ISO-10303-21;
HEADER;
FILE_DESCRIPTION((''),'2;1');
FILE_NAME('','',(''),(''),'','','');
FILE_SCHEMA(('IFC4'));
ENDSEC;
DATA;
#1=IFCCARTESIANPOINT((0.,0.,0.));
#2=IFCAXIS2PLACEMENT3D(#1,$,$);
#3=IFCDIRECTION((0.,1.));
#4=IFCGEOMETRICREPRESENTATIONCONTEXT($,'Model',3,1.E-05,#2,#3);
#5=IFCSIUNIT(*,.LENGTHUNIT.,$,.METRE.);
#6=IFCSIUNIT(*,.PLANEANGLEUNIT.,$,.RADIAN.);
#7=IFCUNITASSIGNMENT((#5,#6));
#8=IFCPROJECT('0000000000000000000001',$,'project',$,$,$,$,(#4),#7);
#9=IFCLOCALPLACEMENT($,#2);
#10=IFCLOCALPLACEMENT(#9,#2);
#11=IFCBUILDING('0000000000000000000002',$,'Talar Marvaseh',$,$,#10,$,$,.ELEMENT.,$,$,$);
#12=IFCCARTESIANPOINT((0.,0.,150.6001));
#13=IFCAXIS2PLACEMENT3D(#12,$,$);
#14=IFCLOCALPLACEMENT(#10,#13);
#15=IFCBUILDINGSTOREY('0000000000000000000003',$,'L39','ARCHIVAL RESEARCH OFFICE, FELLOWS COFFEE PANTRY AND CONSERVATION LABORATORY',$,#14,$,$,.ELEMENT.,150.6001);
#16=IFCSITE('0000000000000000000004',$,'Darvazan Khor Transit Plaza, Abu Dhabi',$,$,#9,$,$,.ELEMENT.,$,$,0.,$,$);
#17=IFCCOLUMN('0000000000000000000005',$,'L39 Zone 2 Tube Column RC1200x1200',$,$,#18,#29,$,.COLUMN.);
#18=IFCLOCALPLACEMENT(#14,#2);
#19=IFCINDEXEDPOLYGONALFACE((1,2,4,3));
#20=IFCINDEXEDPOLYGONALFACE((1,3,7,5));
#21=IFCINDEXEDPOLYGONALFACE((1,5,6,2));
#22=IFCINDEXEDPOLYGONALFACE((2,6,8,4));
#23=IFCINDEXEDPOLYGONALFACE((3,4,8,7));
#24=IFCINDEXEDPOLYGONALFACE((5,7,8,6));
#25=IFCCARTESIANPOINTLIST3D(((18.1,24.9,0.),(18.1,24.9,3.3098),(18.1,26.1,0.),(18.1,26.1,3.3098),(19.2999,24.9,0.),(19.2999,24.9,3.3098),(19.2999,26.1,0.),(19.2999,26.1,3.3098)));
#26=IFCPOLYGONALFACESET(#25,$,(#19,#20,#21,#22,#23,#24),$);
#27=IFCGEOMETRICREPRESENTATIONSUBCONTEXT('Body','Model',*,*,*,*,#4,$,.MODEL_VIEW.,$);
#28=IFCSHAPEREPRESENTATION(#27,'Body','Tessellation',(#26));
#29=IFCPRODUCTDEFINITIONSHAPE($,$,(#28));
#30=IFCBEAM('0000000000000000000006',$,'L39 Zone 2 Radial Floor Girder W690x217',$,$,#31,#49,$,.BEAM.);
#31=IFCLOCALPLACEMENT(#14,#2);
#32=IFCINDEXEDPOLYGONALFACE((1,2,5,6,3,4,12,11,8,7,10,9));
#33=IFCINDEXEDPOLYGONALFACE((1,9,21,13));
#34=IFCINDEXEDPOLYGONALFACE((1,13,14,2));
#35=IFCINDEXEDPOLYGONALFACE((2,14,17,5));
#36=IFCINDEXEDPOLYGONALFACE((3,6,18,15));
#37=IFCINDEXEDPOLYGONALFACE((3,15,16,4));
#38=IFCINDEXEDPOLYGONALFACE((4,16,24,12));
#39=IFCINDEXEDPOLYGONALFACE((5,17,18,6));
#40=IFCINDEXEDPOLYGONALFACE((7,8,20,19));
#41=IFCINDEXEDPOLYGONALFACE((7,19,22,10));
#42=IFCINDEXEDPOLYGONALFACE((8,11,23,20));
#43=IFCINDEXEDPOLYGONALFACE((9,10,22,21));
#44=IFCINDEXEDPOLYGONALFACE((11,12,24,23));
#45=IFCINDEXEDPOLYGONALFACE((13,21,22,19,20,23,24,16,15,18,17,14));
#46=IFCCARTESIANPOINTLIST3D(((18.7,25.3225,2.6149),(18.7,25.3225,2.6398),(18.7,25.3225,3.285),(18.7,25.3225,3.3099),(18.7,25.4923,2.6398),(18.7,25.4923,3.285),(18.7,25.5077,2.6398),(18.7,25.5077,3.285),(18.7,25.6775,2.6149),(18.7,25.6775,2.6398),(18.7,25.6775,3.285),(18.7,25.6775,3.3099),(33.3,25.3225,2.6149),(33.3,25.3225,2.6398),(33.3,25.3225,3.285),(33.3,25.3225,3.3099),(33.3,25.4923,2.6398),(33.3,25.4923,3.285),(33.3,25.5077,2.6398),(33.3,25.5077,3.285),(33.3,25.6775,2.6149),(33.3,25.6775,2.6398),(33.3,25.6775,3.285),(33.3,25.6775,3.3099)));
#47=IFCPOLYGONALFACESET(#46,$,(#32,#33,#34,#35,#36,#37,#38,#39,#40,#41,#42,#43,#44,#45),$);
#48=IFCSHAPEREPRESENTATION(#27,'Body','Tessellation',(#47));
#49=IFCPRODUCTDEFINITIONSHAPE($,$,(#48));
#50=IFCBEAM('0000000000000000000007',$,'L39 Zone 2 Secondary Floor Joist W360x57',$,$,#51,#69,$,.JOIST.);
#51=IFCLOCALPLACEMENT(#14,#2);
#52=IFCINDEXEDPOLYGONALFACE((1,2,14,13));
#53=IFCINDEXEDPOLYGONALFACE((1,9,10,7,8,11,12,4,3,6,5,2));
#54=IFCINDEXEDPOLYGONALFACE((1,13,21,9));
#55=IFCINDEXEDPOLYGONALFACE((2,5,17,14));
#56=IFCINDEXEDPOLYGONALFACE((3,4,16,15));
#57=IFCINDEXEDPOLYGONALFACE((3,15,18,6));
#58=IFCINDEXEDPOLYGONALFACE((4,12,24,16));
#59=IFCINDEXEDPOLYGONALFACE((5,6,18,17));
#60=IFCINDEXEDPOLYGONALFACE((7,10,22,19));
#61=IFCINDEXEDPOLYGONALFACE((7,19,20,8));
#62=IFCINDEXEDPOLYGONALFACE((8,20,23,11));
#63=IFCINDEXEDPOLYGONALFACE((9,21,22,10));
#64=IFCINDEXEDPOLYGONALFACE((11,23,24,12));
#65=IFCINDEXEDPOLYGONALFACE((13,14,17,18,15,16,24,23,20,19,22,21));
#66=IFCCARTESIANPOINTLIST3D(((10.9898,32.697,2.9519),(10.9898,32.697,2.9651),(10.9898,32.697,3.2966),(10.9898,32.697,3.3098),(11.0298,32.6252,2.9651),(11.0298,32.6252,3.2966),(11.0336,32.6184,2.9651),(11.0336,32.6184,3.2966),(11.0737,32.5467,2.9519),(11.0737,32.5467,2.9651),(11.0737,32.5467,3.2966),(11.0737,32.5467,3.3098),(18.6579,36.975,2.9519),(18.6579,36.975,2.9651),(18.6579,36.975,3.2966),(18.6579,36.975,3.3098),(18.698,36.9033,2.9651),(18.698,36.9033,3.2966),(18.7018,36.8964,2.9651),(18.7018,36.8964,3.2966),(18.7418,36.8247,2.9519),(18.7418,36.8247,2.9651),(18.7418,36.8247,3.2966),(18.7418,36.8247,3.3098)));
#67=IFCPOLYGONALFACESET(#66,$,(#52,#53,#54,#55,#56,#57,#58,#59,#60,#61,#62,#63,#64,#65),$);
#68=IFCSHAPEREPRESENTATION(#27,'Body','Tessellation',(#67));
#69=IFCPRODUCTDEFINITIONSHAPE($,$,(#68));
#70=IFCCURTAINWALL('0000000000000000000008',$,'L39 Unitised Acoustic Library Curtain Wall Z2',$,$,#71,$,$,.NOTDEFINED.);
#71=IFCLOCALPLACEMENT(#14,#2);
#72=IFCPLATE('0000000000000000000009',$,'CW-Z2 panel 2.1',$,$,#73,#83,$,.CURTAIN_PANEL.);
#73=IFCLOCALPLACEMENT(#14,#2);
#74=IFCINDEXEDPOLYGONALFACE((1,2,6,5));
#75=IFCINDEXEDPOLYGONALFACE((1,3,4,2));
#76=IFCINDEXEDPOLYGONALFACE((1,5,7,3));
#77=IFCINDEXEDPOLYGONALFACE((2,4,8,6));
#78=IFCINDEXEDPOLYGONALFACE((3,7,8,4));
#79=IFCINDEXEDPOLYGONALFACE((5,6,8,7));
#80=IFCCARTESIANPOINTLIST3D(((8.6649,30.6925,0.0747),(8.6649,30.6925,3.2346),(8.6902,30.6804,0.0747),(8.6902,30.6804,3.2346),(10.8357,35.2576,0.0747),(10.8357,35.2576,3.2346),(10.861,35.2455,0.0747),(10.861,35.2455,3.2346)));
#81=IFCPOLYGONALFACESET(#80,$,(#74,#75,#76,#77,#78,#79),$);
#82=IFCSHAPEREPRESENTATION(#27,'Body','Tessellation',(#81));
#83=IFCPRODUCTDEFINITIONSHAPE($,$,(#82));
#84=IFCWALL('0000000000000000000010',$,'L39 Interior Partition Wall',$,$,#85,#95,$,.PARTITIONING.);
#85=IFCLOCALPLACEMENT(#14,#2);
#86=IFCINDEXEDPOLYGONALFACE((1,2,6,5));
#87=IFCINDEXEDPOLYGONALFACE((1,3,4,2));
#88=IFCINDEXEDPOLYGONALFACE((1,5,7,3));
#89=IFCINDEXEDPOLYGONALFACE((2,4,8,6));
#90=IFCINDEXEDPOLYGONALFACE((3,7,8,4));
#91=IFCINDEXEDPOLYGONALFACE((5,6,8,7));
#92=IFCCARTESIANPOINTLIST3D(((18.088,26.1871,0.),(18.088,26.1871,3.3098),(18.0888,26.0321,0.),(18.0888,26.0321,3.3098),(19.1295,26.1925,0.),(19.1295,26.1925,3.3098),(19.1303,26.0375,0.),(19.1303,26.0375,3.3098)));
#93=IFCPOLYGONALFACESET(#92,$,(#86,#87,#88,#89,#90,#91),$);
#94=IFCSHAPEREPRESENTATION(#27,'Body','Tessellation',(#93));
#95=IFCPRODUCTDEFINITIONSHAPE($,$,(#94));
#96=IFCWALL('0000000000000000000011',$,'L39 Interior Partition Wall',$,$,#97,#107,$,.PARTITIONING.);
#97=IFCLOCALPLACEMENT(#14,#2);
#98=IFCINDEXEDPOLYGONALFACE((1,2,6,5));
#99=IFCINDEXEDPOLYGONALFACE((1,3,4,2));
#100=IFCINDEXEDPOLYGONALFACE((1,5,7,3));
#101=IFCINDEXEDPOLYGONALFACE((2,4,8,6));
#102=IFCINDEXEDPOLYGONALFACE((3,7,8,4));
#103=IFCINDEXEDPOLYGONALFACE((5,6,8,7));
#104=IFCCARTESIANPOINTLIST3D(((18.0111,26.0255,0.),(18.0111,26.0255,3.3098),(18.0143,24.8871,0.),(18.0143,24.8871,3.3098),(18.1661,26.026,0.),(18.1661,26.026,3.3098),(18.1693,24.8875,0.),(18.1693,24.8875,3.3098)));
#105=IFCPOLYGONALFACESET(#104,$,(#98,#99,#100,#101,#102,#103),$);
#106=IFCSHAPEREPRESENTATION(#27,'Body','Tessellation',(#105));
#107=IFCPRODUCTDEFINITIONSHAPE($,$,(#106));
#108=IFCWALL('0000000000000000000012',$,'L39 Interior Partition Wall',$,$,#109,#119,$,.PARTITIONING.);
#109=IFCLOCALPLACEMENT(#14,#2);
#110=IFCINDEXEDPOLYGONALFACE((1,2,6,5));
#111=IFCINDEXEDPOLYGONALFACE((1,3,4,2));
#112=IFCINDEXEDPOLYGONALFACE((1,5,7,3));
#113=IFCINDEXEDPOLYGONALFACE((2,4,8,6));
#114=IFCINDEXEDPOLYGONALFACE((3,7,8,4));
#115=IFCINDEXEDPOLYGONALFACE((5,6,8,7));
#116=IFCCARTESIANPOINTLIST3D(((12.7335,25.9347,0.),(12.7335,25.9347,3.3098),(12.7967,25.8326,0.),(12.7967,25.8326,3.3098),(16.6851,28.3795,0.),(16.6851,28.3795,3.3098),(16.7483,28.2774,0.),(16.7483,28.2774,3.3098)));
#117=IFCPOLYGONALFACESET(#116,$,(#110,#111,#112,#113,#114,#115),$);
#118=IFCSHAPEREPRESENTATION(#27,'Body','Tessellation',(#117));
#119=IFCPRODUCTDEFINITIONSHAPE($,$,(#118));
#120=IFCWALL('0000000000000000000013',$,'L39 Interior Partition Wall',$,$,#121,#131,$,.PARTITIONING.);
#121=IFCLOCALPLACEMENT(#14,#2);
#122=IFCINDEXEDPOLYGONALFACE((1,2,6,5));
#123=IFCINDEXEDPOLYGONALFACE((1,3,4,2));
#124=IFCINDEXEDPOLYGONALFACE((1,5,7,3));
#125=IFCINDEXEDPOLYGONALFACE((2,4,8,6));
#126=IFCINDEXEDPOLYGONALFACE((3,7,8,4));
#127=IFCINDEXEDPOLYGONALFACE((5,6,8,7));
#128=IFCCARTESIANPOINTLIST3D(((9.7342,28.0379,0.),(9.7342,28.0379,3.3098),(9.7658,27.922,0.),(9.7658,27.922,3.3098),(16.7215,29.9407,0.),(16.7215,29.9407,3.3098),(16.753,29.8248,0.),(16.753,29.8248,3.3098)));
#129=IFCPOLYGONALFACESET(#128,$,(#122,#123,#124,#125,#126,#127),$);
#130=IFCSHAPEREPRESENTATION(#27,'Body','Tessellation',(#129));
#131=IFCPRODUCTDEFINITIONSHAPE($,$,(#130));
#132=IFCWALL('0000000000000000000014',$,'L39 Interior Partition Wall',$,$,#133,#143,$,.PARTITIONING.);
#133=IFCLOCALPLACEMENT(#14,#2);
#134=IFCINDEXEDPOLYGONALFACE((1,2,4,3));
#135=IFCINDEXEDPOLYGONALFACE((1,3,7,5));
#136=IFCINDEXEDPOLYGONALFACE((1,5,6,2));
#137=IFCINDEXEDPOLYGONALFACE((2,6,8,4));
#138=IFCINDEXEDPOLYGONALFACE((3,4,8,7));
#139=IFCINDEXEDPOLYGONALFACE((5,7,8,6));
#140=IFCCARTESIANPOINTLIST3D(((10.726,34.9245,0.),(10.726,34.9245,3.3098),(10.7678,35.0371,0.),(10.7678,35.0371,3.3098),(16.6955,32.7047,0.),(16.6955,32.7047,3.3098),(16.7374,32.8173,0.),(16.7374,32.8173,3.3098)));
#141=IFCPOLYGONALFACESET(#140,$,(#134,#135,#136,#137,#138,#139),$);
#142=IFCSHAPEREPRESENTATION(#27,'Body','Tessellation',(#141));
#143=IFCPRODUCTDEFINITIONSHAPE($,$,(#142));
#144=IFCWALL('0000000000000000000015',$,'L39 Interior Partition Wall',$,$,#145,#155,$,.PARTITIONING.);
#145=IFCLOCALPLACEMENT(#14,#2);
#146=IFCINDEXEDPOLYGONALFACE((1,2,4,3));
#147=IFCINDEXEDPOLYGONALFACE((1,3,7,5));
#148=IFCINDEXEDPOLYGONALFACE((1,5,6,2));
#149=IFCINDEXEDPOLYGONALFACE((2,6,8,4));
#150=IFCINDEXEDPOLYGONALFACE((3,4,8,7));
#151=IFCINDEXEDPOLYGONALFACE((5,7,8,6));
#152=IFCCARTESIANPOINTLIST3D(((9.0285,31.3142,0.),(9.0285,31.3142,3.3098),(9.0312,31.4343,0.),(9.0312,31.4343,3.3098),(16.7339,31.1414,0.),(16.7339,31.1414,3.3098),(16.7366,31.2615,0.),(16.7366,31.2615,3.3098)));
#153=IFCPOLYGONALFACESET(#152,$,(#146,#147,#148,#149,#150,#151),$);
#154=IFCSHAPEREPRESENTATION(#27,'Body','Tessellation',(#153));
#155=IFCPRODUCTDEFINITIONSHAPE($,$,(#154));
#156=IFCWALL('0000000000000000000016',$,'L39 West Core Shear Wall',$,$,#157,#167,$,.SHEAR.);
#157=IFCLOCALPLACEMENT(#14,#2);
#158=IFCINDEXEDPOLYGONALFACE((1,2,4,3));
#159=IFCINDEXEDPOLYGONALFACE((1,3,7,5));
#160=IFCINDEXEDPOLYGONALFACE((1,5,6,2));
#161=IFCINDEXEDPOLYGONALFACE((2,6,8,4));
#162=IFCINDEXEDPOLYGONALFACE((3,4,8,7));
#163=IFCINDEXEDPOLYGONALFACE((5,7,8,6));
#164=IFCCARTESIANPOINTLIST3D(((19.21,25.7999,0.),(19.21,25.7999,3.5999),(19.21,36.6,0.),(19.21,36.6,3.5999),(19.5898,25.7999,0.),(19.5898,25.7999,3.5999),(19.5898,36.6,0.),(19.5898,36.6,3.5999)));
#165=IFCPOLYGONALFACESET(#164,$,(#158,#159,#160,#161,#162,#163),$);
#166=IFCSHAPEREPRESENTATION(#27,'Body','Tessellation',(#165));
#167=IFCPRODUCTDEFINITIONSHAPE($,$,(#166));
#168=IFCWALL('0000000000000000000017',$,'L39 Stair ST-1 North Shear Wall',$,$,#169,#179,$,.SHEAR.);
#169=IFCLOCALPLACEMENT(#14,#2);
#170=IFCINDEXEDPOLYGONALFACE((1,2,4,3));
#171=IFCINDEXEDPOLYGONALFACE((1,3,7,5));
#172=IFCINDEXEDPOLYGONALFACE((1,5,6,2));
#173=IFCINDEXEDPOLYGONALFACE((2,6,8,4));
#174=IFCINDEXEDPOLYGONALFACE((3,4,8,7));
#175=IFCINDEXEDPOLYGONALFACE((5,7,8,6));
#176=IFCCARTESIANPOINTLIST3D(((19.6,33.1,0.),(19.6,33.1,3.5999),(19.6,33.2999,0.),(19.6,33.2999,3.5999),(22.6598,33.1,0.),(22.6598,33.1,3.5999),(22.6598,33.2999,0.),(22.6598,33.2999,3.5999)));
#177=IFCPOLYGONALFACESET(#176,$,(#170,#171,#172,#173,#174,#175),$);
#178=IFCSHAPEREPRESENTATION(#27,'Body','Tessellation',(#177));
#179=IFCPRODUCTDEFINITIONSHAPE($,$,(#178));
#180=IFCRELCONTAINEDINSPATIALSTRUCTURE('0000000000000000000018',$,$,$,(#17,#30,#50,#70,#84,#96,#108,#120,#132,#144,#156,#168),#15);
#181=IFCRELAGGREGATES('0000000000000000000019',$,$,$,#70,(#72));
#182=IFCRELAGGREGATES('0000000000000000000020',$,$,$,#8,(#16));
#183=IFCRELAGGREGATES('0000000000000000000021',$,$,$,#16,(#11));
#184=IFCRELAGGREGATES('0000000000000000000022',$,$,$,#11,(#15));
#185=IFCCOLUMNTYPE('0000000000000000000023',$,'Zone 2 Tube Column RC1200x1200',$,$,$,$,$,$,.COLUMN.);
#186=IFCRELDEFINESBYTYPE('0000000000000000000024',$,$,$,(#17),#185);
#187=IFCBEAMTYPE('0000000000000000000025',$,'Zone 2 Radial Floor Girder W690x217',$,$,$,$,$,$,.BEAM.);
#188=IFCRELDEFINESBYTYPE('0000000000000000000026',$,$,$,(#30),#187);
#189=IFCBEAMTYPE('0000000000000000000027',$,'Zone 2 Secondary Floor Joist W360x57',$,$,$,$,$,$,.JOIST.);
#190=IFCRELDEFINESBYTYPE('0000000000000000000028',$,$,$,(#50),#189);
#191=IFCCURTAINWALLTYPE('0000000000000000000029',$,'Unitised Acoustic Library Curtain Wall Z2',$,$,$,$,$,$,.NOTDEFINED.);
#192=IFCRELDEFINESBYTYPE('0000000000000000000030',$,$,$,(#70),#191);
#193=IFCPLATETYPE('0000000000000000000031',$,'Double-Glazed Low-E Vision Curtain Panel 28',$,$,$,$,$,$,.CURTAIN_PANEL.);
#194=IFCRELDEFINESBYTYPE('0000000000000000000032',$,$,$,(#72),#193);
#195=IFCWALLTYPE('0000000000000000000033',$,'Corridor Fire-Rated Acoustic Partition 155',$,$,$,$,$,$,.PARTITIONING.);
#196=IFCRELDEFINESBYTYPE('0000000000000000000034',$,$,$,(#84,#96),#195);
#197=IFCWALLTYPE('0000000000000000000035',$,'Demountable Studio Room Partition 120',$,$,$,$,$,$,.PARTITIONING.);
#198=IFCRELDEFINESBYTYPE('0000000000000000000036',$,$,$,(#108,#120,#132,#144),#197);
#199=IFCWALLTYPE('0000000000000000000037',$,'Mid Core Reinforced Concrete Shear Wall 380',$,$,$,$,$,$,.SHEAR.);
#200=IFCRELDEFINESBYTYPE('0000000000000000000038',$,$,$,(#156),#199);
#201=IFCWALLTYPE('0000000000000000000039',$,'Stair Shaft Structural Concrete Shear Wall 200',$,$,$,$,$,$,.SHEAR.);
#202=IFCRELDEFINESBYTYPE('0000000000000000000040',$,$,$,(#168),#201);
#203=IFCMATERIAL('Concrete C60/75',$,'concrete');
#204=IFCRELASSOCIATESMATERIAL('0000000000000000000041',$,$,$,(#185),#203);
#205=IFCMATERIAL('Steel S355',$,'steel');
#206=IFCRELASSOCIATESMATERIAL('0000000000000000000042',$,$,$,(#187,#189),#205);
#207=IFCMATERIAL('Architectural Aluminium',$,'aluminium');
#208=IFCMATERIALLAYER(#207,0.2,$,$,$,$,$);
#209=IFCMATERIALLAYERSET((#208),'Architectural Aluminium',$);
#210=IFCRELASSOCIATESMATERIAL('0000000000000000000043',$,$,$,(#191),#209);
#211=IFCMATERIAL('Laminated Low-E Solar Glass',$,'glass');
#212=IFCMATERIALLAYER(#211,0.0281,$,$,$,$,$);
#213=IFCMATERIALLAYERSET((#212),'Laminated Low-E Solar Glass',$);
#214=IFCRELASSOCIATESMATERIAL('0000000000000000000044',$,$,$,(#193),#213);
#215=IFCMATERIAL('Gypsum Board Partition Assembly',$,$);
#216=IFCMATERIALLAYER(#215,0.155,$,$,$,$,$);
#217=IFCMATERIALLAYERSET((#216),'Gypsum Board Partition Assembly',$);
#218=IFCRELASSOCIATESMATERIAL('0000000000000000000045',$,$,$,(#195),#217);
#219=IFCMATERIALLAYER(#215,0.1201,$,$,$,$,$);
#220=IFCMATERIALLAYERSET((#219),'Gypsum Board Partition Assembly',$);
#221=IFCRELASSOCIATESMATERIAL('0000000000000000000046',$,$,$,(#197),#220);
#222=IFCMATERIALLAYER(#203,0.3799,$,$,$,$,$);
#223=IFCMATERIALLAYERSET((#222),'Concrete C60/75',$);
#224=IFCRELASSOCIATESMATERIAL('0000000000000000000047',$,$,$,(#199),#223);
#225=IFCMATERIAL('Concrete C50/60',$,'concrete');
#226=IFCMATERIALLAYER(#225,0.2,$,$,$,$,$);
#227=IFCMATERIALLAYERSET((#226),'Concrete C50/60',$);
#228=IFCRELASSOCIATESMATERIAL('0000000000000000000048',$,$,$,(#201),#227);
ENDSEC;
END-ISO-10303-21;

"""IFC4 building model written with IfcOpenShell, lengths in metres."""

from ifc_helpers import new_model, si_unit, direction, frame, frame_2d, origin, origin_2d, place, context, subcontext, project, spatial, rectangle, i_section, extrude, source, transform, mapped, material, layer, layer_set, material_profile, profile_set, type_object, type_shapes, element, aggregate, save


model = new_model("IFC4")

# Units and contexts
model_context = context("Model", 3, precision=1e-05, world=origin(), true_north=direction((0.0, 1.0)))
body_context = subcontext(model_context, "Body", "Model", "MODEL_VIEW")
ifc_project = project(units=[si_unit("LENGTHUNIT", "METRE"), si_unit("PLANEANGLEUNIT", "RADIAN")], contexts=[model_context])

# Site, building, storey
site_placement = place(None, origin())
site = spatial("IfcSite", under=ifc_project, at=site_placement, Name="Darvazan Khor Transit Plaza, Abu Dhabi", CompositionType="ELEMENT", RefElevation=0.0)
building_placement = place(site_placement, origin())
building = spatial("IfcBuilding", under=site, at=building_placement, Name="Talar Marvaseh", CompositionType="ELEMENT")
storey_placement = place(building_placement, frame((0.0, 0.0, 150.6001)))
storey = spatial("IfcBuildingStorey", under=building, at=storey_placement, Name="L39", Description="ARCHIVAL RESEARCH OFFICE, FELLOWS COFFEE PANTRY AND CONSERVATION LABORATORY", CompositionType="ELEMENT", Elevation=150.6001)

# Column
ifc_material_1 = material(Name="Concrete C60/75", Category="concrete")
ifc_material_profile_1 = material_profile(ifc_material_1, rectangle(XDim=1.2, YDim=1.2, at=origin_2d()), Name="RC1200x1200")
ifc_profile_set_1 = profile_set([ifc_material_profile_1], Name="Concrete C60/75")
column_type = type_object("IfcColumnType", Name="Zone 2 Tube Column RC1200x1200", PredefinedType="COLUMN", material=ifc_profile_set_1)
column_placement = place(storey_placement, frame((18.7, 25.5, 0.0), z_axis=(0.0, 0.0, 1.0), x_axis=(1.0, 0.0, 0.0)))
element("IfcColumn", 1, at=column_placement, inside=storey, type_object=column_type, Name="L39 Zone 2 Tube Column RC1200x1200", PredefinedType="COLUMN", context=body_context, shape_type="SweptSolid", body=[
    extrude(rectangle(XDim=1.2, YDim=1.2, at=origin_2d()), origin(), (0.0, 0.0, 1.0), 3.3098),
])

# Beams
ifc_material_2 = material(Name="Steel S355", Category="steel")
ifc_material_profile_2 = material_profile(ifc_material_2, i_section(OverallWidth=0.355, OverallDepth=0.6951, WebThickness=0.0154, FlangeThickness=0.0249, at=origin_2d()), Name="W690x217")
ifc_profile_set_2 = profile_set([ifc_material_profile_2], Name="Steel S355")
beam_type_1 = type_object("IfcBeamType", Name="Zone 2 Radial Floor Girder W690x217", PredefinedType="BEAM", material=ifc_profile_set_2)
beam_1_placement = place(storey_placement, frame((18.7, 25.5, 2.9624), z_axis=(1.0, 0.0, 0.0), x_axis=(0.0, 1.0, 0.0)))
element("IfcBeam", 2, at=beam_1_placement, inside=storey, type_object=beam_type_1, Name="L39 Zone 2 Radial Floor Girder W690x217", PredefinedType="BEAM", context=body_context, shape_type="SweptSolid", body=[
    extrude(i_section(OverallWidth=0.355, OverallDepth=0.6951, WebThickness=0.0154, FlangeThickness=0.0249, at=origin_2d()), origin(), (0.0, 0.0, 1.0), 14.6001),
])
ifc_material_profile_3 = material_profile(ifc_material_2, i_section(OverallWidth=0.1721, OverallDepth=0.3579, WebThickness=0.0078, FlangeThickness=0.0132, at=origin_2d()), Name="W360x57")
ifc_profile_set_3 = profile_set([ifc_material_profile_3], Name="Steel S355")
beam_type_2 = type_object("IfcBeamType", Name="Zone 2 Secondary Floor Joist W360x57", PredefinedType="JOIST", material=ifc_profile_set_3)
beam_2_placement = place(storey_placement, frame((11.0317, 32.6218, 3.1309), z_axis=(0.873288, 0.487205, 0.0), x_axis=(-0.487205, 0.873288, 0.0)))
element("IfcBeam", 3, at=beam_2_placement, inside=storey, type_object=beam_type_2, Name="L39 Zone 2 Secondary Floor Joist W360x57", PredefinedType="JOIST", context=body_context, shape_type="SweptSolid", body=[
    extrude(i_section(OverallWidth=0.1721, OverallDepth=0.3579, WebThickness=0.0078, FlangeThickness=0.0132, at=origin_2d()), origin(), (0.0, 0.0, 1.0), 8.7808),
])

# Curtain wall, plate
ifc_material_3 = material(Name="Architectural Aluminium", Category="aluminium")
ifc_layer_1 = layer(ifc_material_3, 0.2)
ifc_layer_set_1 = layer_set([ifc_layer_1], Name="Architectural Aluminium")
curtain_wall_type = type_object("IfcCurtainWallType", Name="Unitised Acoustic Library Curtain Wall Z2", PredefinedType="NOTDEFINED", material=ifc_layer_set_1)
curtain_wall_placement = place(storey_placement, origin())
curtain_wall = element("IfcCurtainWall", 4, at=curtain_wall_placement, inside=storey, type_object=curtain_wall_type, Name="L39 Unitised Acoustic Library Curtain Wall Z2", PredefinedType="NOTDEFINED")
ifc_material_4 = material(Name="Laminated Low-E Solar Glass", Category="glass")
ifc_layer_2 = layer(ifc_material_4, 0.0281)
ifc_layer_set_2 = layer_set([ifc_layer_2], Name="Laminated Low-E Solar Glass")
plate_type = type_object("IfcPlateType", Name="Double-Glazed Low-E Vision Curtain Panel 28", PredefinedType="CURTAIN_PANEL", material=ifc_layer_set_2)
shared_shape_1 = source(origin(), body_context, "Body", "SweptSolid", [
    extrude(rectangle(XDim=5.0549, YDim=0.0281, at=origin_2d()), origin(), (0.0, 0.0, 1.0), 3.1599),
])
type_shapes(plate_type, [shared_shape_1])
plate_placement = place(storey_placement, frame((9.7629, 32.969, 0.0747), z_axis=(0.0, 0.0, 1.0), x_axis=(0.429439, 0.903096, 0.0)))
plate = element("IfcPlate", 5, at=plate_placement, type_object=plate_type, Name="CW-Z2 panel 2.1", PredefinedType="CURTAIN_PANEL", context=body_context, shape_type="MappedRepresentation", body=[
    mapped(shared_shape_1, transform((0.0, 0.0, 0.0), x_axis=(1.0, 0.0, 0.0), y_axis=(0.0, 1.0, 0.0), z_axis=(0.0, 0.0, 1.0), scale=1.0)),
])
aggregate(curtain_wall, [plate])

# Shared definitions
ifc_material_5 = material(Name="Gypsum Board Partition Assembly")
ifc_layer_3 = layer(ifc_material_5, 0.155)
ifc_layer_set_3 = layer_set([ifc_layer_3], Name="Gypsum Board Partition Assembly")
wall_type_1 = type_object("IfcWallType", Name="Corridor Fire-Rated Acoustic Partition 155", PredefinedType="PARTITIONING", material=ifc_layer_set_3)

# Walls
wall_1_placement = place(storey_placement, frame((19.1299, 26.115, 0.0), z_axis=(0.0, 0.0, 1.0), x_axis=(-0.999987, -0.005157, 0.0)))
element("IfcWall", 6, at=wall_1_placement, inside=storey, type_object=wall_type_1, Name="L39 Interior Partition Wall", PredefinedType="PARTITIONING", context=body_context, shape_type="SweptSolid", body=[
    extrude(rectangle(XDim=1.0415, YDim=0.155, at=frame_2d((0.5208, 0.0))), origin(), (0.0, 0.0, 1.0), 3.3098),
])
wall_2_placement = place(storey_placement, frame((18.0886, 26.0259, 0.0), z_axis=(0.0, 0.0, 1.0), x_axis=(0.002788, -0.999996, 0.0)))
element("IfcWall", 7, at=wall_2_placement, inside=storey, type_object=wall_type_1, Name="L39 Interior Partition Wall", PredefinedType="PARTITIONING", context=body_context, shape_type="SweptSolid", body=[
    extrude(rectangle(XDim=1.1384, YDim=0.155, at=frame_2d((0.5693, 0.0))), origin(), (0.0, 0.0, 1.0), 3.3098),
])
ifc_layer_4 = layer(ifc_material_5, 0.1201)
ifc_layer_set_4 = layer_set([ifc_layer_4], Name="Gypsum Board Partition Assembly")
wall_type_2 = type_object("IfcWallType", Name="Demountable Studio Room Partition 120", PredefinedType="PARTITIONING", material=ifc_layer_set_4)
wall_3_placement = place(storey_placement, frame((16.7166, 28.3284, 0.0), z_axis=(0.0, 0.0, 1.0), x_axis=(-0.850404, -0.52613, 0.0)))
element("IfcWall", 8, at=wall_3_placement, inside=storey, type_object=wall_type_2, Name="L39 Interior Partition Wall", PredefinedType="PARTITIONING", context=body_context, shape_type="SweptSolid", body=[
    extrude(rectangle(XDim=4.6467, YDim=0.1201, at=frame_2d((2.3232, 0.0))), origin(), (0.0, 0.0, 1.0), 3.3098),
])
wall_4_placement = place(storey_placement, frame((9.75, 27.98, 0.0), z_axis=(0.0, 0.0, 1.0), x_axis=(0.964862, 0.262758, 0.0)))
element("IfcWall", 9, at=wall_4_placement, inside=storey, type_object=wall_type_2, Name="L39 Interior Partition Wall", PredefinedType="PARTITIONING", context=body_context, shape_type="SweptSolid", body=[
    extrude(rectangle(XDim=7.2417, YDim=0.1201, at=frame_2d((3.6208, 0.0))), origin(), (0.0, 0.0, 1.0), 3.3098),
])
wall_5_placement = place(storey_placement, frame((16.7166, 32.761, 0.0), z_axis=(0.0, 0.0, 1.0), x_axis=(-0.937298, 0.34853, 0.0)))
element("IfcWall", 10, at=wall_5_placement, inside=storey, type_object=wall_type_2, Name="L39 Interior Partition Wall", PredefinedType="PARTITIONING", context=body_context, shape_type="SweptSolid", body=[
    extrude(rectangle(XDim=6.3689, YDim=0.1201, at=frame_2d((3.1846, 0.0))), origin(), (0.0, 0.0, 1.0), 3.3098),
])
wall_6_placement = place(storey_placement, frame((16.7351, 31.2014, 0.0), z_axis=(0.0, 0.0, 1.0), x_axis=(-0.999748, 0.022427, 0.0)))
element("IfcWall", 11, at=wall_6_placement, inside=storey, type_object=wall_type_2, Name="L39 Interior Partition Wall", PredefinedType="PARTITIONING", context=body_context, shape_type="SweptSolid", body=[
    extrude(rectangle(XDim=7.7073, YDim=0.1201, at=frame_2d((3.8535, 0.0))), origin(), (0.0, 0.0, 1.0), 3.3098),
])
ifc_layer_5 = layer(ifc_material_1, 0.3799)
ifc_layer_set_5 = layer_set([ifc_layer_5], Name="Concrete C60/75")
wall_type_3 = type_object("IfcWallType", Name="Mid Core Reinforced Concrete Shear Wall 380", PredefinedType="SHEAR", material=ifc_layer_set_5)
wall_7_placement = place(storey_placement, frame((19.3999, 25.8, 0.0), z_axis=(0.0, 0.0, 1.0), x_axis=(0.0, 1.0, 0.0)))
element("IfcWall", 12, at=wall_7_placement, inside=storey, type_object=wall_type_3, Name="L39 West Core Shear Wall", PredefinedType="SHEAR", context=body_context, shape_type="SweptSolid", body=[
    extrude(rectangle(XDim=10.8, YDim=0.3799, at=frame_2d((5.3999, 0.0))), origin(), (0.0, 0.0, 1.0), 3.5999),
])
ifc_material_6 = material(Name="Concrete C50/60", Category="concrete")
ifc_layer_6 = layer(ifc_material_6, 0.2)
ifc_layer_set_6 = layer_set([ifc_layer_6], Name="Concrete C50/60")
wall_type_4 = type_object("IfcWallType", Name="Stair Shaft Structural Concrete Shear Wall 200", PredefinedType="SHEAR", material=ifc_layer_set_6)
wall_8_placement = place(storey_placement, frame((19.6001, 33.2, 0.0), z_axis=(0.0, 0.0, 1.0), x_axis=(1.0, 0.0, 0.0)))
element("IfcWall", 13, at=wall_8_placement, inside=storey, type_object=wall_type_4, Name="L39 Stair ST-1 North Shear Wall", PredefinedType="SHEAR", context=body_context, shape_type="SweptSolid", body=[
    extrude(rectangle(XDim=3.0598, YDim=0.2, at=frame_2d((1.5298, 0.0))), origin(), (0.0, 0.0, 1.0), 3.5999),
])

save(model, "model.ifc")
